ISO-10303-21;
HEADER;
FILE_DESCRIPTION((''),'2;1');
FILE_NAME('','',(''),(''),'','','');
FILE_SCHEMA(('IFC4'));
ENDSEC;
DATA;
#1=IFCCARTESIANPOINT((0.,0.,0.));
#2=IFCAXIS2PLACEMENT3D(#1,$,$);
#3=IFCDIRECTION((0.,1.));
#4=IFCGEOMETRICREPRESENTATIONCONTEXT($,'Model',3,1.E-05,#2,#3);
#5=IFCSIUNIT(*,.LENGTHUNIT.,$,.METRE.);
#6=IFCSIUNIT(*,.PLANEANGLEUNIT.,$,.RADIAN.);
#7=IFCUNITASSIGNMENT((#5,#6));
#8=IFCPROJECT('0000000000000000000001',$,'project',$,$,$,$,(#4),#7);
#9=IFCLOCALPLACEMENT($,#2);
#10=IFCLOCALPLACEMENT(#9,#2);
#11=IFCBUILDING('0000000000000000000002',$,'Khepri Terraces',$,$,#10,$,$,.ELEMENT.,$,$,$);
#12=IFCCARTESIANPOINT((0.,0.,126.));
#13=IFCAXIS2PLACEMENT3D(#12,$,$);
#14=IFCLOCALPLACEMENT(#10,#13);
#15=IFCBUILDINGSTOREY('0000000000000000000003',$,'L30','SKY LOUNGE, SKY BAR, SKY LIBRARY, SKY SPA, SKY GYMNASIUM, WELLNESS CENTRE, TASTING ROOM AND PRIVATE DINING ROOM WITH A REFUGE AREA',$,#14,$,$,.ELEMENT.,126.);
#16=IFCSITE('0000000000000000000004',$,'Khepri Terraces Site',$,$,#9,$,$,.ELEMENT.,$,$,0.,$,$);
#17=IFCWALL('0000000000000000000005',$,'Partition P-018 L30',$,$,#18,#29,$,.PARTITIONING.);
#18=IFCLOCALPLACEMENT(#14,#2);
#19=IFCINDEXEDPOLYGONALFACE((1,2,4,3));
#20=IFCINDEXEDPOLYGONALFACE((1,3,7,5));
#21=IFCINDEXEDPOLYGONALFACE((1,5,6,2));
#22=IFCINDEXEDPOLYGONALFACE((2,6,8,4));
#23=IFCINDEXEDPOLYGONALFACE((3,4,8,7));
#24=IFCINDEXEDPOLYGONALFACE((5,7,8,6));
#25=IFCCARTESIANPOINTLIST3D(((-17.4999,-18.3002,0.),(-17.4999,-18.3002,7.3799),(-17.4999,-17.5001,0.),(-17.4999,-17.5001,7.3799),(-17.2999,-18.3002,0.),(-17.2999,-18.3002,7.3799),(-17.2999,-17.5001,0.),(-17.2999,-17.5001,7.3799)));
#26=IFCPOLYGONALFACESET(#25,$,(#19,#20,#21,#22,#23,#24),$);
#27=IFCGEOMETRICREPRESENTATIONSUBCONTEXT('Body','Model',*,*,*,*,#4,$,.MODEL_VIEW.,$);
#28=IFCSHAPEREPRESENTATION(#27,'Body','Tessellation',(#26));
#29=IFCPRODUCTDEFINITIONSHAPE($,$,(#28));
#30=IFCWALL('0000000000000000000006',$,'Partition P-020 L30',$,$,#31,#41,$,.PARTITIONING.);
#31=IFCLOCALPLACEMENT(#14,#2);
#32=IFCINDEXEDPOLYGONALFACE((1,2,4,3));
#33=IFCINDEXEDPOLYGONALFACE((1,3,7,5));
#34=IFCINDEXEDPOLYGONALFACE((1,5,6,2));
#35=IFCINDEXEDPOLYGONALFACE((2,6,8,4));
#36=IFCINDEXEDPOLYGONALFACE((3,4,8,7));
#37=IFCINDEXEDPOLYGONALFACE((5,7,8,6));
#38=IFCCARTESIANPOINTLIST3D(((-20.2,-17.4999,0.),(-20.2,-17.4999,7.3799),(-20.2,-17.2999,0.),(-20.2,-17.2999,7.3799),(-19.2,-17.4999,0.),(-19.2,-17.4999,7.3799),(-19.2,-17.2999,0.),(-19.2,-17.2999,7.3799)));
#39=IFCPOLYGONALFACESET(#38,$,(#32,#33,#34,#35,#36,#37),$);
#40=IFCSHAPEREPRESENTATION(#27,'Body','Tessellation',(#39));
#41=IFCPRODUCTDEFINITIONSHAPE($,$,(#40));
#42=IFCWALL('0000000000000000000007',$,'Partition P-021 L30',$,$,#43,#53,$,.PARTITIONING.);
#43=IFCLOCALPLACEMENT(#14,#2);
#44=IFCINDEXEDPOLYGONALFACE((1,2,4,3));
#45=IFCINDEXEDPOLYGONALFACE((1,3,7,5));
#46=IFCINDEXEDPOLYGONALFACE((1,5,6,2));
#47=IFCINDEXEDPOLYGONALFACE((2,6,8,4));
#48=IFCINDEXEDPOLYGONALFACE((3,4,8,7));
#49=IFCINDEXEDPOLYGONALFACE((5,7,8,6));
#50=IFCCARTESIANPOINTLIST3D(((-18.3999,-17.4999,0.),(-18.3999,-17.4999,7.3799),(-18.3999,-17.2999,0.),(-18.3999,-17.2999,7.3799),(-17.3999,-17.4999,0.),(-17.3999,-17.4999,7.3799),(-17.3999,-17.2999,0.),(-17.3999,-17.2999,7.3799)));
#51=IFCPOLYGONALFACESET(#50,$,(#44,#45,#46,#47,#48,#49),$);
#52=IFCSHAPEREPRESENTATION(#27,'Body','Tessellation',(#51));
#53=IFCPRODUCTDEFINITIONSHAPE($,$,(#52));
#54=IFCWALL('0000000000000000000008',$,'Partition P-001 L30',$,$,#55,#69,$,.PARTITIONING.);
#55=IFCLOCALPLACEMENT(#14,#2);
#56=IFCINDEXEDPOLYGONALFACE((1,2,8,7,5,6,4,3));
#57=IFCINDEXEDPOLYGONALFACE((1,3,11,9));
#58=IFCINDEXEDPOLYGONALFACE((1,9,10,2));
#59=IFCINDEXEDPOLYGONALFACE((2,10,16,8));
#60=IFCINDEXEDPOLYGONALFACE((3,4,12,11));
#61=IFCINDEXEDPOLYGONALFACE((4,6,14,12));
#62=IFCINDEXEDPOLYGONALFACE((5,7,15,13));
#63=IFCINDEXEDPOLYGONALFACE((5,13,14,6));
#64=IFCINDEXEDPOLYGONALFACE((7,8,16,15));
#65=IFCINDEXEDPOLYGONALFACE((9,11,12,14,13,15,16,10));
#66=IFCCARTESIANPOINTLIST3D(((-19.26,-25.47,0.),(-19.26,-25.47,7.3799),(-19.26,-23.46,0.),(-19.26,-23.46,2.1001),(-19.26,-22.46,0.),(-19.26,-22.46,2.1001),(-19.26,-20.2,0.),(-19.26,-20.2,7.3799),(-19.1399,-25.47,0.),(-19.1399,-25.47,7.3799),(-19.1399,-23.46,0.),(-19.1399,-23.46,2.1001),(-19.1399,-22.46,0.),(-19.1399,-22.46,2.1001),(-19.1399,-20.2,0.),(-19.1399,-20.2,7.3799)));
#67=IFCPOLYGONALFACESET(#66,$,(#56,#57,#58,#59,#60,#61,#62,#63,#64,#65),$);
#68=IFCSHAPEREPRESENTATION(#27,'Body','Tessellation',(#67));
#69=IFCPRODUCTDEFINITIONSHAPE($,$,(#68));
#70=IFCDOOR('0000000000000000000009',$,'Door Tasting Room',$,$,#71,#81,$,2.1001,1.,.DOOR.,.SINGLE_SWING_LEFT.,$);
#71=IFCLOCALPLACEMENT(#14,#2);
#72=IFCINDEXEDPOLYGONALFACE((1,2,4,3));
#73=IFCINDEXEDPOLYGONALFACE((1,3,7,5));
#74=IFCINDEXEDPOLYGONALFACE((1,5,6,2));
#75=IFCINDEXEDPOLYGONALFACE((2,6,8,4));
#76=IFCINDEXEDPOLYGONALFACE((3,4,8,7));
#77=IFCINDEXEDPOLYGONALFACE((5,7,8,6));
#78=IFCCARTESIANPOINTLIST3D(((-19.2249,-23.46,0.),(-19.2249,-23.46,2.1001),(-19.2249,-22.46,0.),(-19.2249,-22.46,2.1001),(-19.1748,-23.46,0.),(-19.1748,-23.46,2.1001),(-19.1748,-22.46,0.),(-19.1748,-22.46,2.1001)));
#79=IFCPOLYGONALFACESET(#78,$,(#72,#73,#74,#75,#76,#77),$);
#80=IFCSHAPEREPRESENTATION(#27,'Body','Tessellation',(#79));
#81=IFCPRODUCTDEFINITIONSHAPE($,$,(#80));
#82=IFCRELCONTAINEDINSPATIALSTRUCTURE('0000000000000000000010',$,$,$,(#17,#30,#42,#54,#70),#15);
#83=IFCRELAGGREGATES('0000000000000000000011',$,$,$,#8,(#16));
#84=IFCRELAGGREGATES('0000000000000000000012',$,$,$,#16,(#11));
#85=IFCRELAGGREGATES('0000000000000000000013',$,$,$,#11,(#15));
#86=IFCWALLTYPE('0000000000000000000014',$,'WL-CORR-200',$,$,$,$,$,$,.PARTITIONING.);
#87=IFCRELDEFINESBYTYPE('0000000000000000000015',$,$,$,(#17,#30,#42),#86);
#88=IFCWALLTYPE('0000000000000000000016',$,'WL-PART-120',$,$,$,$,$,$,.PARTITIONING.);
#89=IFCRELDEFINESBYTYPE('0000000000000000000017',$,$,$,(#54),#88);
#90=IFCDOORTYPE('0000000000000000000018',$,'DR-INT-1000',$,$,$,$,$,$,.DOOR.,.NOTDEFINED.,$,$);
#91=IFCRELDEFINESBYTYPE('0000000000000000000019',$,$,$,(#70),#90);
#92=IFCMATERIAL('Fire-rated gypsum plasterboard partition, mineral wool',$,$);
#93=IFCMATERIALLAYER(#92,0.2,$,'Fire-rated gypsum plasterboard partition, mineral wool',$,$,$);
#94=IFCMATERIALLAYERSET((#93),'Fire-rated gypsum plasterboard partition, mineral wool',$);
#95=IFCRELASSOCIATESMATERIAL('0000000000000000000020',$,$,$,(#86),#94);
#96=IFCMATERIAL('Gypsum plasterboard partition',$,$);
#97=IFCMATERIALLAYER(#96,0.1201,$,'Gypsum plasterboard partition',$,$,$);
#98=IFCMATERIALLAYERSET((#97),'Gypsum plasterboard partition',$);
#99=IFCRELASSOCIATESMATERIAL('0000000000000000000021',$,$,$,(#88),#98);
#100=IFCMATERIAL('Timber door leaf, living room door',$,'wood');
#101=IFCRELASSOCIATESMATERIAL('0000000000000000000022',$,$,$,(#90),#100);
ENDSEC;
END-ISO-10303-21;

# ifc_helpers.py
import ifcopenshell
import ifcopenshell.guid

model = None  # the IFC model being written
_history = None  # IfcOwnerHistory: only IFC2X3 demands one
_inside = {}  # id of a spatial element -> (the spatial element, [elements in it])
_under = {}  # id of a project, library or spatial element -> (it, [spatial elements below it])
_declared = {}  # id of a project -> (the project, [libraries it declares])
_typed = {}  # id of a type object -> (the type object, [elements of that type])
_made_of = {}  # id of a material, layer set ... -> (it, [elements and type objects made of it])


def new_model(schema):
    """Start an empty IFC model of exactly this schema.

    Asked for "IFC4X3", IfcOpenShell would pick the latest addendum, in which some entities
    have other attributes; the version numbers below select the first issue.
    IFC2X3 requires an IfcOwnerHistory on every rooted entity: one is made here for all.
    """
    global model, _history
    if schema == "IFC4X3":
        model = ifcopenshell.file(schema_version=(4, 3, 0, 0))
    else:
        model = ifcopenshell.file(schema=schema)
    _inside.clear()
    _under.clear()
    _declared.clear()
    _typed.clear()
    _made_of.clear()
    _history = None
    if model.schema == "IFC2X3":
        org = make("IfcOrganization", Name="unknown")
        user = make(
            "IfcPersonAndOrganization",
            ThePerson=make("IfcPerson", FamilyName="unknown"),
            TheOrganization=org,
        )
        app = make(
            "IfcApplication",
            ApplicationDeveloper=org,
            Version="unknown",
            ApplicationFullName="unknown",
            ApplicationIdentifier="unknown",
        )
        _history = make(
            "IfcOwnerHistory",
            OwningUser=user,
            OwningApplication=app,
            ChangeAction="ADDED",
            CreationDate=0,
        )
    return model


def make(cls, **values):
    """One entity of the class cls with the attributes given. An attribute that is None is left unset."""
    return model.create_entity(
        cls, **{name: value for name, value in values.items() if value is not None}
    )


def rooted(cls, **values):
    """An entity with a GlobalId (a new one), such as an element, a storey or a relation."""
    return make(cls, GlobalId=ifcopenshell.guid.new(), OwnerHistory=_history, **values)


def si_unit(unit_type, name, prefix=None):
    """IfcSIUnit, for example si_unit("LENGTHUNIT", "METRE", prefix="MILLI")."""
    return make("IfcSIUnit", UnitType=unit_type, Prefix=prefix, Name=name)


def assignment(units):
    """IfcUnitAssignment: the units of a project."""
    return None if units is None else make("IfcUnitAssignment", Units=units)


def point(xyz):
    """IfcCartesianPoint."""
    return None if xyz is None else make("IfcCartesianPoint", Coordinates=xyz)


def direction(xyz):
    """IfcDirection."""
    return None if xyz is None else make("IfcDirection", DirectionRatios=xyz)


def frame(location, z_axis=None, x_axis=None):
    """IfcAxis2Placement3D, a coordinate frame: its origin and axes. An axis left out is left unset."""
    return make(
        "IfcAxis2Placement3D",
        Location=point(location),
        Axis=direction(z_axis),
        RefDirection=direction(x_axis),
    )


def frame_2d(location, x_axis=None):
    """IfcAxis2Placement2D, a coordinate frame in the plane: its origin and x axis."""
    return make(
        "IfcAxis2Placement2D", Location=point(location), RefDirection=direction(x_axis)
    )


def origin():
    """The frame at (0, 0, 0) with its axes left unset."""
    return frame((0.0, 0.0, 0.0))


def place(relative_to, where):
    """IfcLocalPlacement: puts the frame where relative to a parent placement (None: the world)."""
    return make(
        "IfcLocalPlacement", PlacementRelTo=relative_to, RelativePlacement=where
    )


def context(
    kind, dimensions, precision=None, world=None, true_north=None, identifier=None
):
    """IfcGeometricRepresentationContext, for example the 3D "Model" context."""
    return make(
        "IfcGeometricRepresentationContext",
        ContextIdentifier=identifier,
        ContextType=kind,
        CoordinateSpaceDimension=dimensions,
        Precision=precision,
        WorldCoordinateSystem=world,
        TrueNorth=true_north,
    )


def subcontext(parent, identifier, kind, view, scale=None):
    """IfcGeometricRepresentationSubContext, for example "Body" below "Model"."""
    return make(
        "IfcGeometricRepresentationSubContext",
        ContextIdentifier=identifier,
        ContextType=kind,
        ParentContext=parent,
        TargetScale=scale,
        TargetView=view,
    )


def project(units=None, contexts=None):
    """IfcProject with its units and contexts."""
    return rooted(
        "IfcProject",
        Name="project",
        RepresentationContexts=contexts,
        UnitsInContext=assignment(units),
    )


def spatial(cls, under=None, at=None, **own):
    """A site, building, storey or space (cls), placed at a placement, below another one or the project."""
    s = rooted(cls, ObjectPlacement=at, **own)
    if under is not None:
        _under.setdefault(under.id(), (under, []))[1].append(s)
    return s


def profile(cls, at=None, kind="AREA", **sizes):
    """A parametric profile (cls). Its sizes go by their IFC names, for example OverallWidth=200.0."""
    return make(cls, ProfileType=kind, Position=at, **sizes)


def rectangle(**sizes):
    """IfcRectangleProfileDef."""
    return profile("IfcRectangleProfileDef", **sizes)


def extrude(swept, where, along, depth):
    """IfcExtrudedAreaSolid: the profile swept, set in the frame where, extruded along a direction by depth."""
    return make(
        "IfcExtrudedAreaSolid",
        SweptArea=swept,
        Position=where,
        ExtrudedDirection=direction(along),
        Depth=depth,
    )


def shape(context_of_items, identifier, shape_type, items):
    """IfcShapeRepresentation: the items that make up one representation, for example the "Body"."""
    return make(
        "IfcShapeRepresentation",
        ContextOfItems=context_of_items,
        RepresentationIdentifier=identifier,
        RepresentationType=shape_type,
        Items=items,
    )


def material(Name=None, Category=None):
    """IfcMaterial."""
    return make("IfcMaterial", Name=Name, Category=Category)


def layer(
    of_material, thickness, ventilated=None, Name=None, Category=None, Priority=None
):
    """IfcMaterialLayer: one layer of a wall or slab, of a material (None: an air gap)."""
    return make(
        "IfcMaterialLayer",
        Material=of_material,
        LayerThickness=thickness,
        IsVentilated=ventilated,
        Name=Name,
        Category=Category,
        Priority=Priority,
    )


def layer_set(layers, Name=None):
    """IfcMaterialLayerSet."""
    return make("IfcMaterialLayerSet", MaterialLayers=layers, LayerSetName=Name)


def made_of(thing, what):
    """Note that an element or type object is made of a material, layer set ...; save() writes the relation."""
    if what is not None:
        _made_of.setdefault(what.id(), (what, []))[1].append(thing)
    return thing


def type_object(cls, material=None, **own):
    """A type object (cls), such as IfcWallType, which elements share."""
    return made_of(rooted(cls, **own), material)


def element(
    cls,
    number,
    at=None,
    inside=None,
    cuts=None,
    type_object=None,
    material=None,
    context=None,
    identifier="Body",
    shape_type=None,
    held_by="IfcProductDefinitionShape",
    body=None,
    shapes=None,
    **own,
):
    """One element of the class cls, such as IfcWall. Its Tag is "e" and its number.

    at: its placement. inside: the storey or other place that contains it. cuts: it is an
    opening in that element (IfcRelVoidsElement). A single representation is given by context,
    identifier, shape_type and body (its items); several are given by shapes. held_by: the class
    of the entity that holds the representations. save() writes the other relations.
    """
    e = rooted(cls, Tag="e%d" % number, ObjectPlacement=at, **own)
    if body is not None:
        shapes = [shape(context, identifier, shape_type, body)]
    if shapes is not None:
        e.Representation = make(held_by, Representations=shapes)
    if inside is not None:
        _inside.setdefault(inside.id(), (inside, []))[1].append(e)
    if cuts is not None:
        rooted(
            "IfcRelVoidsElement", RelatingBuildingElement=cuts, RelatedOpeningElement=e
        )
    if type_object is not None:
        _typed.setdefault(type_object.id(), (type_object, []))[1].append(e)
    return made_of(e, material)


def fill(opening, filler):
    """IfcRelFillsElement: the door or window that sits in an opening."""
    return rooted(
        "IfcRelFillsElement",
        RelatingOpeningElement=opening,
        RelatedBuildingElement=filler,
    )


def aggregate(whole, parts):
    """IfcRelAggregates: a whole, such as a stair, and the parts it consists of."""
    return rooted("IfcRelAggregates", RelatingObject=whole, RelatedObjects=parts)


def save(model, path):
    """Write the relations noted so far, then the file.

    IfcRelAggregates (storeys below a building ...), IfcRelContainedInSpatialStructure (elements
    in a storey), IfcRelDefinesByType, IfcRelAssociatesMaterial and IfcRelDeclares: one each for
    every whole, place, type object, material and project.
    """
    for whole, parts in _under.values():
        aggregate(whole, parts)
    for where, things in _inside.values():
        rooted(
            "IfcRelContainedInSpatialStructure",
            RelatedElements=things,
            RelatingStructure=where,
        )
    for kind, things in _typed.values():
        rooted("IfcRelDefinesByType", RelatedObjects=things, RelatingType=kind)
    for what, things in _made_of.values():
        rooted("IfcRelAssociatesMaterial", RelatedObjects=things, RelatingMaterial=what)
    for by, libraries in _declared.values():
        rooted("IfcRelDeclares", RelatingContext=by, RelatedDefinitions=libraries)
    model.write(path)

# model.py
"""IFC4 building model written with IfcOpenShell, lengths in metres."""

from ifc_helpers import new_model, si_unit, direction, frame, frame_2d, origin, place, context, subcontext, project, spatial, rectangle, extrude, material, layer, layer_set, type_object, element, fill, save


model = new_model("IFC4")

# Units and contexts
model_context = context("Model", 3, precision=1e-05, world=origin(), true_north=direction((0.0, 1.0)))
body_context = subcontext(model_context, "Body", "Model", "MODEL_VIEW")
ifc_project = project(units=[si_unit("LENGTHUNIT", "METRE"), si_unit("PLANEANGLEUNIT", "RADIAN")], contexts=[model_context])

# Site, building, storey
site_placement = place(None, origin())
site = spatial("IfcSite", under=ifc_project, at=site_placement, Name="Khepri Terraces Site", CompositionType="ELEMENT", RefElevation=0.0)
building_placement = place(site_placement, origin())
building = spatial("IfcBuilding", under=site, at=building_placement, Name="Khepri Terraces", CompositionType="ELEMENT")
storey_placement = place(building_placement, frame((0.0, 0.0, 126.0)))
storey = spatial("IfcBuildingStorey", under=building, at=storey_placement, Name="L30", Description="SKY LOUNGE, SKY BAR, SKY LIBRARY, SKY SPA, SKY GYMNASIUM, WELLNESS CENTRE, TASTING ROOM AND PRIVATE DINING ROOM WITH A REFUGE AREA", CompositionType="ELEMENT", Elevation=126.0)

# Shared definitions
ifc_material_1 = material(Name="Fire-rated gypsum plasterboard partition, mineral wool")
ifc_layer_1 = layer(ifc_material_1, 0.2, Name="Fire-rated gypsum plasterboard partition, mineral wool")
ifc_layer_set_1 = layer_set([ifc_layer_1], Name="Fire-rated gypsum plasterboard partition, mineral wool")
wall_type_1 = type_object("IfcWallType", Name="WL-CORR-200", PredefinedType="PARTITIONING", material=ifc_layer_set_1)

# Walls
wall_1_placement = place(storey_placement, frame((-17.3999, -18.3, 0.0), z_axis=(0.0, 0.0, 1.0), x_axis=(0.0, 1.0, 0.0)))
element("IfcWall", 1, at=wall_1_placement, inside=storey, type_object=wall_type_1, Name="Partition P-018 L30", PredefinedType="PARTITIONING", context=body_context, shape_type="SweptSolid", body=[
    extrude(rectangle(XDim=0.8, YDim=0.2, at=frame_2d((0.3999, 0.0))), origin(), (0.0, 0.0, 1.0), 7.3799),
])
for number, where, z_axis, x_axis, name in (
    (2, (-20.2, -17.3999, 0.0), (0.0, 0.0, 1.0), (1.0, 0.0, 0.0), "Partition P-020 L30"),
    (3, (-18.3999, -17.3999, 0.0), (0.0, 0.0, 1.0), (1.0, 0.0, 0.0), "Partition P-021 L30"),
):
    element("IfcWall", number, at=place(storey_placement, frame(where, z_axis=z_axis, x_axis=x_axis)), inside=storey, type_object=wall_type_1, Name=name, PredefinedType="PARTITIONING", context=body_context, shape_type="SweptSolid", body=[
        extrude(rectangle(XDim=1.0, YDim=0.2, at=frame_2d((0.5, 0.0))), origin(), (0.0, 0.0, 1.0), 7.3799),
    ])

# Wall, opening, door
ifc_material_2 = material(Name="Gypsum plasterboard partition")
ifc_layer_2 = layer(ifc_material_2, 0.1201, Name="Gypsum plasterboard partition")
ifc_layer_set_2 = layer_set([ifc_layer_2], Name="Gypsum plasterboard partition")
wall_type_2 = type_object("IfcWallType", Name="WL-PART-120", PredefinedType="PARTITIONING", material=ifc_layer_set_2)
wall_2_placement = place(storey_placement, frame((-19.2, -25.47, 0.0), z_axis=(0.0, 0.0, 1.0), x_axis=(0.0, 1.0, 0.0)))
wall_2 = element("IfcWall", 4, at=wall_2_placement, inside=storey, type_object=wall_type_2, Name="Partition P-001 L30", PredefinedType="PARTITIONING", context=body_context, shape_type="SweptSolid", body=[
    extrude(rectangle(XDim=5.27, YDim=0.1201, at=frame_2d((2.635, 0.0))), origin(), (0.0, 0.0, 1.0), 7.3799),
])
opening_1_placement = place(wall_2_placement, frame((2.01, 0.0, 0.0)))
opening_1 = element("IfcOpeningElement", 5, at=opening_1_placement, cuts=wall_2, PredefinedType="OPENING", context=body_context, shape_type="SweptSolid", body=[
    extrude(rectangle(XDim=1.0, YDim=2.1001, at=frame_2d((0.5, 1.05))), frame((0.0, 0.0701, 0.0), z_axis=(0.0, -1.0, 0.0), x_axis=(1.0, 0.0, 0.0)), (0.0, 0.0, 1.0), 0.1401),
])
ifc_material_3 = material(Name="Timber door leaf, living room door", Category="wood")
door_type_1 = type_object("IfcDoorType", Name="DR-INT-1000", OperationType="NOTDEFINED", PredefinedType="DOOR", material=ifc_material_3)
door_1_placement = place(opening_1_placement, origin())
door_1 = element("IfcDoor", 6, at=door_1_placement, inside=storey, type_object=door_type_1, Name="Door Tasting Room", OperationType="SINGLE_SWING_LEFT", OverallHeight=2.1001, OverallWidth=1.0, PredefinedType="DOOR", context=body_context, shape_type="SweptSolid", body=[
    extrude(rectangle(XDim=1.0, YDim=2.1001, at=frame_2d((0.5, 1.05))), frame((0.0, 0.0249, 0.0), z_axis=(0.0, -1.0, 0.0), x_axis=(1.0, 0.0, 0.0)), (0.0, 0.0, 1.0), 0.05),
])
fill(opening_1, door_1)

save(model, "model.ifc")
